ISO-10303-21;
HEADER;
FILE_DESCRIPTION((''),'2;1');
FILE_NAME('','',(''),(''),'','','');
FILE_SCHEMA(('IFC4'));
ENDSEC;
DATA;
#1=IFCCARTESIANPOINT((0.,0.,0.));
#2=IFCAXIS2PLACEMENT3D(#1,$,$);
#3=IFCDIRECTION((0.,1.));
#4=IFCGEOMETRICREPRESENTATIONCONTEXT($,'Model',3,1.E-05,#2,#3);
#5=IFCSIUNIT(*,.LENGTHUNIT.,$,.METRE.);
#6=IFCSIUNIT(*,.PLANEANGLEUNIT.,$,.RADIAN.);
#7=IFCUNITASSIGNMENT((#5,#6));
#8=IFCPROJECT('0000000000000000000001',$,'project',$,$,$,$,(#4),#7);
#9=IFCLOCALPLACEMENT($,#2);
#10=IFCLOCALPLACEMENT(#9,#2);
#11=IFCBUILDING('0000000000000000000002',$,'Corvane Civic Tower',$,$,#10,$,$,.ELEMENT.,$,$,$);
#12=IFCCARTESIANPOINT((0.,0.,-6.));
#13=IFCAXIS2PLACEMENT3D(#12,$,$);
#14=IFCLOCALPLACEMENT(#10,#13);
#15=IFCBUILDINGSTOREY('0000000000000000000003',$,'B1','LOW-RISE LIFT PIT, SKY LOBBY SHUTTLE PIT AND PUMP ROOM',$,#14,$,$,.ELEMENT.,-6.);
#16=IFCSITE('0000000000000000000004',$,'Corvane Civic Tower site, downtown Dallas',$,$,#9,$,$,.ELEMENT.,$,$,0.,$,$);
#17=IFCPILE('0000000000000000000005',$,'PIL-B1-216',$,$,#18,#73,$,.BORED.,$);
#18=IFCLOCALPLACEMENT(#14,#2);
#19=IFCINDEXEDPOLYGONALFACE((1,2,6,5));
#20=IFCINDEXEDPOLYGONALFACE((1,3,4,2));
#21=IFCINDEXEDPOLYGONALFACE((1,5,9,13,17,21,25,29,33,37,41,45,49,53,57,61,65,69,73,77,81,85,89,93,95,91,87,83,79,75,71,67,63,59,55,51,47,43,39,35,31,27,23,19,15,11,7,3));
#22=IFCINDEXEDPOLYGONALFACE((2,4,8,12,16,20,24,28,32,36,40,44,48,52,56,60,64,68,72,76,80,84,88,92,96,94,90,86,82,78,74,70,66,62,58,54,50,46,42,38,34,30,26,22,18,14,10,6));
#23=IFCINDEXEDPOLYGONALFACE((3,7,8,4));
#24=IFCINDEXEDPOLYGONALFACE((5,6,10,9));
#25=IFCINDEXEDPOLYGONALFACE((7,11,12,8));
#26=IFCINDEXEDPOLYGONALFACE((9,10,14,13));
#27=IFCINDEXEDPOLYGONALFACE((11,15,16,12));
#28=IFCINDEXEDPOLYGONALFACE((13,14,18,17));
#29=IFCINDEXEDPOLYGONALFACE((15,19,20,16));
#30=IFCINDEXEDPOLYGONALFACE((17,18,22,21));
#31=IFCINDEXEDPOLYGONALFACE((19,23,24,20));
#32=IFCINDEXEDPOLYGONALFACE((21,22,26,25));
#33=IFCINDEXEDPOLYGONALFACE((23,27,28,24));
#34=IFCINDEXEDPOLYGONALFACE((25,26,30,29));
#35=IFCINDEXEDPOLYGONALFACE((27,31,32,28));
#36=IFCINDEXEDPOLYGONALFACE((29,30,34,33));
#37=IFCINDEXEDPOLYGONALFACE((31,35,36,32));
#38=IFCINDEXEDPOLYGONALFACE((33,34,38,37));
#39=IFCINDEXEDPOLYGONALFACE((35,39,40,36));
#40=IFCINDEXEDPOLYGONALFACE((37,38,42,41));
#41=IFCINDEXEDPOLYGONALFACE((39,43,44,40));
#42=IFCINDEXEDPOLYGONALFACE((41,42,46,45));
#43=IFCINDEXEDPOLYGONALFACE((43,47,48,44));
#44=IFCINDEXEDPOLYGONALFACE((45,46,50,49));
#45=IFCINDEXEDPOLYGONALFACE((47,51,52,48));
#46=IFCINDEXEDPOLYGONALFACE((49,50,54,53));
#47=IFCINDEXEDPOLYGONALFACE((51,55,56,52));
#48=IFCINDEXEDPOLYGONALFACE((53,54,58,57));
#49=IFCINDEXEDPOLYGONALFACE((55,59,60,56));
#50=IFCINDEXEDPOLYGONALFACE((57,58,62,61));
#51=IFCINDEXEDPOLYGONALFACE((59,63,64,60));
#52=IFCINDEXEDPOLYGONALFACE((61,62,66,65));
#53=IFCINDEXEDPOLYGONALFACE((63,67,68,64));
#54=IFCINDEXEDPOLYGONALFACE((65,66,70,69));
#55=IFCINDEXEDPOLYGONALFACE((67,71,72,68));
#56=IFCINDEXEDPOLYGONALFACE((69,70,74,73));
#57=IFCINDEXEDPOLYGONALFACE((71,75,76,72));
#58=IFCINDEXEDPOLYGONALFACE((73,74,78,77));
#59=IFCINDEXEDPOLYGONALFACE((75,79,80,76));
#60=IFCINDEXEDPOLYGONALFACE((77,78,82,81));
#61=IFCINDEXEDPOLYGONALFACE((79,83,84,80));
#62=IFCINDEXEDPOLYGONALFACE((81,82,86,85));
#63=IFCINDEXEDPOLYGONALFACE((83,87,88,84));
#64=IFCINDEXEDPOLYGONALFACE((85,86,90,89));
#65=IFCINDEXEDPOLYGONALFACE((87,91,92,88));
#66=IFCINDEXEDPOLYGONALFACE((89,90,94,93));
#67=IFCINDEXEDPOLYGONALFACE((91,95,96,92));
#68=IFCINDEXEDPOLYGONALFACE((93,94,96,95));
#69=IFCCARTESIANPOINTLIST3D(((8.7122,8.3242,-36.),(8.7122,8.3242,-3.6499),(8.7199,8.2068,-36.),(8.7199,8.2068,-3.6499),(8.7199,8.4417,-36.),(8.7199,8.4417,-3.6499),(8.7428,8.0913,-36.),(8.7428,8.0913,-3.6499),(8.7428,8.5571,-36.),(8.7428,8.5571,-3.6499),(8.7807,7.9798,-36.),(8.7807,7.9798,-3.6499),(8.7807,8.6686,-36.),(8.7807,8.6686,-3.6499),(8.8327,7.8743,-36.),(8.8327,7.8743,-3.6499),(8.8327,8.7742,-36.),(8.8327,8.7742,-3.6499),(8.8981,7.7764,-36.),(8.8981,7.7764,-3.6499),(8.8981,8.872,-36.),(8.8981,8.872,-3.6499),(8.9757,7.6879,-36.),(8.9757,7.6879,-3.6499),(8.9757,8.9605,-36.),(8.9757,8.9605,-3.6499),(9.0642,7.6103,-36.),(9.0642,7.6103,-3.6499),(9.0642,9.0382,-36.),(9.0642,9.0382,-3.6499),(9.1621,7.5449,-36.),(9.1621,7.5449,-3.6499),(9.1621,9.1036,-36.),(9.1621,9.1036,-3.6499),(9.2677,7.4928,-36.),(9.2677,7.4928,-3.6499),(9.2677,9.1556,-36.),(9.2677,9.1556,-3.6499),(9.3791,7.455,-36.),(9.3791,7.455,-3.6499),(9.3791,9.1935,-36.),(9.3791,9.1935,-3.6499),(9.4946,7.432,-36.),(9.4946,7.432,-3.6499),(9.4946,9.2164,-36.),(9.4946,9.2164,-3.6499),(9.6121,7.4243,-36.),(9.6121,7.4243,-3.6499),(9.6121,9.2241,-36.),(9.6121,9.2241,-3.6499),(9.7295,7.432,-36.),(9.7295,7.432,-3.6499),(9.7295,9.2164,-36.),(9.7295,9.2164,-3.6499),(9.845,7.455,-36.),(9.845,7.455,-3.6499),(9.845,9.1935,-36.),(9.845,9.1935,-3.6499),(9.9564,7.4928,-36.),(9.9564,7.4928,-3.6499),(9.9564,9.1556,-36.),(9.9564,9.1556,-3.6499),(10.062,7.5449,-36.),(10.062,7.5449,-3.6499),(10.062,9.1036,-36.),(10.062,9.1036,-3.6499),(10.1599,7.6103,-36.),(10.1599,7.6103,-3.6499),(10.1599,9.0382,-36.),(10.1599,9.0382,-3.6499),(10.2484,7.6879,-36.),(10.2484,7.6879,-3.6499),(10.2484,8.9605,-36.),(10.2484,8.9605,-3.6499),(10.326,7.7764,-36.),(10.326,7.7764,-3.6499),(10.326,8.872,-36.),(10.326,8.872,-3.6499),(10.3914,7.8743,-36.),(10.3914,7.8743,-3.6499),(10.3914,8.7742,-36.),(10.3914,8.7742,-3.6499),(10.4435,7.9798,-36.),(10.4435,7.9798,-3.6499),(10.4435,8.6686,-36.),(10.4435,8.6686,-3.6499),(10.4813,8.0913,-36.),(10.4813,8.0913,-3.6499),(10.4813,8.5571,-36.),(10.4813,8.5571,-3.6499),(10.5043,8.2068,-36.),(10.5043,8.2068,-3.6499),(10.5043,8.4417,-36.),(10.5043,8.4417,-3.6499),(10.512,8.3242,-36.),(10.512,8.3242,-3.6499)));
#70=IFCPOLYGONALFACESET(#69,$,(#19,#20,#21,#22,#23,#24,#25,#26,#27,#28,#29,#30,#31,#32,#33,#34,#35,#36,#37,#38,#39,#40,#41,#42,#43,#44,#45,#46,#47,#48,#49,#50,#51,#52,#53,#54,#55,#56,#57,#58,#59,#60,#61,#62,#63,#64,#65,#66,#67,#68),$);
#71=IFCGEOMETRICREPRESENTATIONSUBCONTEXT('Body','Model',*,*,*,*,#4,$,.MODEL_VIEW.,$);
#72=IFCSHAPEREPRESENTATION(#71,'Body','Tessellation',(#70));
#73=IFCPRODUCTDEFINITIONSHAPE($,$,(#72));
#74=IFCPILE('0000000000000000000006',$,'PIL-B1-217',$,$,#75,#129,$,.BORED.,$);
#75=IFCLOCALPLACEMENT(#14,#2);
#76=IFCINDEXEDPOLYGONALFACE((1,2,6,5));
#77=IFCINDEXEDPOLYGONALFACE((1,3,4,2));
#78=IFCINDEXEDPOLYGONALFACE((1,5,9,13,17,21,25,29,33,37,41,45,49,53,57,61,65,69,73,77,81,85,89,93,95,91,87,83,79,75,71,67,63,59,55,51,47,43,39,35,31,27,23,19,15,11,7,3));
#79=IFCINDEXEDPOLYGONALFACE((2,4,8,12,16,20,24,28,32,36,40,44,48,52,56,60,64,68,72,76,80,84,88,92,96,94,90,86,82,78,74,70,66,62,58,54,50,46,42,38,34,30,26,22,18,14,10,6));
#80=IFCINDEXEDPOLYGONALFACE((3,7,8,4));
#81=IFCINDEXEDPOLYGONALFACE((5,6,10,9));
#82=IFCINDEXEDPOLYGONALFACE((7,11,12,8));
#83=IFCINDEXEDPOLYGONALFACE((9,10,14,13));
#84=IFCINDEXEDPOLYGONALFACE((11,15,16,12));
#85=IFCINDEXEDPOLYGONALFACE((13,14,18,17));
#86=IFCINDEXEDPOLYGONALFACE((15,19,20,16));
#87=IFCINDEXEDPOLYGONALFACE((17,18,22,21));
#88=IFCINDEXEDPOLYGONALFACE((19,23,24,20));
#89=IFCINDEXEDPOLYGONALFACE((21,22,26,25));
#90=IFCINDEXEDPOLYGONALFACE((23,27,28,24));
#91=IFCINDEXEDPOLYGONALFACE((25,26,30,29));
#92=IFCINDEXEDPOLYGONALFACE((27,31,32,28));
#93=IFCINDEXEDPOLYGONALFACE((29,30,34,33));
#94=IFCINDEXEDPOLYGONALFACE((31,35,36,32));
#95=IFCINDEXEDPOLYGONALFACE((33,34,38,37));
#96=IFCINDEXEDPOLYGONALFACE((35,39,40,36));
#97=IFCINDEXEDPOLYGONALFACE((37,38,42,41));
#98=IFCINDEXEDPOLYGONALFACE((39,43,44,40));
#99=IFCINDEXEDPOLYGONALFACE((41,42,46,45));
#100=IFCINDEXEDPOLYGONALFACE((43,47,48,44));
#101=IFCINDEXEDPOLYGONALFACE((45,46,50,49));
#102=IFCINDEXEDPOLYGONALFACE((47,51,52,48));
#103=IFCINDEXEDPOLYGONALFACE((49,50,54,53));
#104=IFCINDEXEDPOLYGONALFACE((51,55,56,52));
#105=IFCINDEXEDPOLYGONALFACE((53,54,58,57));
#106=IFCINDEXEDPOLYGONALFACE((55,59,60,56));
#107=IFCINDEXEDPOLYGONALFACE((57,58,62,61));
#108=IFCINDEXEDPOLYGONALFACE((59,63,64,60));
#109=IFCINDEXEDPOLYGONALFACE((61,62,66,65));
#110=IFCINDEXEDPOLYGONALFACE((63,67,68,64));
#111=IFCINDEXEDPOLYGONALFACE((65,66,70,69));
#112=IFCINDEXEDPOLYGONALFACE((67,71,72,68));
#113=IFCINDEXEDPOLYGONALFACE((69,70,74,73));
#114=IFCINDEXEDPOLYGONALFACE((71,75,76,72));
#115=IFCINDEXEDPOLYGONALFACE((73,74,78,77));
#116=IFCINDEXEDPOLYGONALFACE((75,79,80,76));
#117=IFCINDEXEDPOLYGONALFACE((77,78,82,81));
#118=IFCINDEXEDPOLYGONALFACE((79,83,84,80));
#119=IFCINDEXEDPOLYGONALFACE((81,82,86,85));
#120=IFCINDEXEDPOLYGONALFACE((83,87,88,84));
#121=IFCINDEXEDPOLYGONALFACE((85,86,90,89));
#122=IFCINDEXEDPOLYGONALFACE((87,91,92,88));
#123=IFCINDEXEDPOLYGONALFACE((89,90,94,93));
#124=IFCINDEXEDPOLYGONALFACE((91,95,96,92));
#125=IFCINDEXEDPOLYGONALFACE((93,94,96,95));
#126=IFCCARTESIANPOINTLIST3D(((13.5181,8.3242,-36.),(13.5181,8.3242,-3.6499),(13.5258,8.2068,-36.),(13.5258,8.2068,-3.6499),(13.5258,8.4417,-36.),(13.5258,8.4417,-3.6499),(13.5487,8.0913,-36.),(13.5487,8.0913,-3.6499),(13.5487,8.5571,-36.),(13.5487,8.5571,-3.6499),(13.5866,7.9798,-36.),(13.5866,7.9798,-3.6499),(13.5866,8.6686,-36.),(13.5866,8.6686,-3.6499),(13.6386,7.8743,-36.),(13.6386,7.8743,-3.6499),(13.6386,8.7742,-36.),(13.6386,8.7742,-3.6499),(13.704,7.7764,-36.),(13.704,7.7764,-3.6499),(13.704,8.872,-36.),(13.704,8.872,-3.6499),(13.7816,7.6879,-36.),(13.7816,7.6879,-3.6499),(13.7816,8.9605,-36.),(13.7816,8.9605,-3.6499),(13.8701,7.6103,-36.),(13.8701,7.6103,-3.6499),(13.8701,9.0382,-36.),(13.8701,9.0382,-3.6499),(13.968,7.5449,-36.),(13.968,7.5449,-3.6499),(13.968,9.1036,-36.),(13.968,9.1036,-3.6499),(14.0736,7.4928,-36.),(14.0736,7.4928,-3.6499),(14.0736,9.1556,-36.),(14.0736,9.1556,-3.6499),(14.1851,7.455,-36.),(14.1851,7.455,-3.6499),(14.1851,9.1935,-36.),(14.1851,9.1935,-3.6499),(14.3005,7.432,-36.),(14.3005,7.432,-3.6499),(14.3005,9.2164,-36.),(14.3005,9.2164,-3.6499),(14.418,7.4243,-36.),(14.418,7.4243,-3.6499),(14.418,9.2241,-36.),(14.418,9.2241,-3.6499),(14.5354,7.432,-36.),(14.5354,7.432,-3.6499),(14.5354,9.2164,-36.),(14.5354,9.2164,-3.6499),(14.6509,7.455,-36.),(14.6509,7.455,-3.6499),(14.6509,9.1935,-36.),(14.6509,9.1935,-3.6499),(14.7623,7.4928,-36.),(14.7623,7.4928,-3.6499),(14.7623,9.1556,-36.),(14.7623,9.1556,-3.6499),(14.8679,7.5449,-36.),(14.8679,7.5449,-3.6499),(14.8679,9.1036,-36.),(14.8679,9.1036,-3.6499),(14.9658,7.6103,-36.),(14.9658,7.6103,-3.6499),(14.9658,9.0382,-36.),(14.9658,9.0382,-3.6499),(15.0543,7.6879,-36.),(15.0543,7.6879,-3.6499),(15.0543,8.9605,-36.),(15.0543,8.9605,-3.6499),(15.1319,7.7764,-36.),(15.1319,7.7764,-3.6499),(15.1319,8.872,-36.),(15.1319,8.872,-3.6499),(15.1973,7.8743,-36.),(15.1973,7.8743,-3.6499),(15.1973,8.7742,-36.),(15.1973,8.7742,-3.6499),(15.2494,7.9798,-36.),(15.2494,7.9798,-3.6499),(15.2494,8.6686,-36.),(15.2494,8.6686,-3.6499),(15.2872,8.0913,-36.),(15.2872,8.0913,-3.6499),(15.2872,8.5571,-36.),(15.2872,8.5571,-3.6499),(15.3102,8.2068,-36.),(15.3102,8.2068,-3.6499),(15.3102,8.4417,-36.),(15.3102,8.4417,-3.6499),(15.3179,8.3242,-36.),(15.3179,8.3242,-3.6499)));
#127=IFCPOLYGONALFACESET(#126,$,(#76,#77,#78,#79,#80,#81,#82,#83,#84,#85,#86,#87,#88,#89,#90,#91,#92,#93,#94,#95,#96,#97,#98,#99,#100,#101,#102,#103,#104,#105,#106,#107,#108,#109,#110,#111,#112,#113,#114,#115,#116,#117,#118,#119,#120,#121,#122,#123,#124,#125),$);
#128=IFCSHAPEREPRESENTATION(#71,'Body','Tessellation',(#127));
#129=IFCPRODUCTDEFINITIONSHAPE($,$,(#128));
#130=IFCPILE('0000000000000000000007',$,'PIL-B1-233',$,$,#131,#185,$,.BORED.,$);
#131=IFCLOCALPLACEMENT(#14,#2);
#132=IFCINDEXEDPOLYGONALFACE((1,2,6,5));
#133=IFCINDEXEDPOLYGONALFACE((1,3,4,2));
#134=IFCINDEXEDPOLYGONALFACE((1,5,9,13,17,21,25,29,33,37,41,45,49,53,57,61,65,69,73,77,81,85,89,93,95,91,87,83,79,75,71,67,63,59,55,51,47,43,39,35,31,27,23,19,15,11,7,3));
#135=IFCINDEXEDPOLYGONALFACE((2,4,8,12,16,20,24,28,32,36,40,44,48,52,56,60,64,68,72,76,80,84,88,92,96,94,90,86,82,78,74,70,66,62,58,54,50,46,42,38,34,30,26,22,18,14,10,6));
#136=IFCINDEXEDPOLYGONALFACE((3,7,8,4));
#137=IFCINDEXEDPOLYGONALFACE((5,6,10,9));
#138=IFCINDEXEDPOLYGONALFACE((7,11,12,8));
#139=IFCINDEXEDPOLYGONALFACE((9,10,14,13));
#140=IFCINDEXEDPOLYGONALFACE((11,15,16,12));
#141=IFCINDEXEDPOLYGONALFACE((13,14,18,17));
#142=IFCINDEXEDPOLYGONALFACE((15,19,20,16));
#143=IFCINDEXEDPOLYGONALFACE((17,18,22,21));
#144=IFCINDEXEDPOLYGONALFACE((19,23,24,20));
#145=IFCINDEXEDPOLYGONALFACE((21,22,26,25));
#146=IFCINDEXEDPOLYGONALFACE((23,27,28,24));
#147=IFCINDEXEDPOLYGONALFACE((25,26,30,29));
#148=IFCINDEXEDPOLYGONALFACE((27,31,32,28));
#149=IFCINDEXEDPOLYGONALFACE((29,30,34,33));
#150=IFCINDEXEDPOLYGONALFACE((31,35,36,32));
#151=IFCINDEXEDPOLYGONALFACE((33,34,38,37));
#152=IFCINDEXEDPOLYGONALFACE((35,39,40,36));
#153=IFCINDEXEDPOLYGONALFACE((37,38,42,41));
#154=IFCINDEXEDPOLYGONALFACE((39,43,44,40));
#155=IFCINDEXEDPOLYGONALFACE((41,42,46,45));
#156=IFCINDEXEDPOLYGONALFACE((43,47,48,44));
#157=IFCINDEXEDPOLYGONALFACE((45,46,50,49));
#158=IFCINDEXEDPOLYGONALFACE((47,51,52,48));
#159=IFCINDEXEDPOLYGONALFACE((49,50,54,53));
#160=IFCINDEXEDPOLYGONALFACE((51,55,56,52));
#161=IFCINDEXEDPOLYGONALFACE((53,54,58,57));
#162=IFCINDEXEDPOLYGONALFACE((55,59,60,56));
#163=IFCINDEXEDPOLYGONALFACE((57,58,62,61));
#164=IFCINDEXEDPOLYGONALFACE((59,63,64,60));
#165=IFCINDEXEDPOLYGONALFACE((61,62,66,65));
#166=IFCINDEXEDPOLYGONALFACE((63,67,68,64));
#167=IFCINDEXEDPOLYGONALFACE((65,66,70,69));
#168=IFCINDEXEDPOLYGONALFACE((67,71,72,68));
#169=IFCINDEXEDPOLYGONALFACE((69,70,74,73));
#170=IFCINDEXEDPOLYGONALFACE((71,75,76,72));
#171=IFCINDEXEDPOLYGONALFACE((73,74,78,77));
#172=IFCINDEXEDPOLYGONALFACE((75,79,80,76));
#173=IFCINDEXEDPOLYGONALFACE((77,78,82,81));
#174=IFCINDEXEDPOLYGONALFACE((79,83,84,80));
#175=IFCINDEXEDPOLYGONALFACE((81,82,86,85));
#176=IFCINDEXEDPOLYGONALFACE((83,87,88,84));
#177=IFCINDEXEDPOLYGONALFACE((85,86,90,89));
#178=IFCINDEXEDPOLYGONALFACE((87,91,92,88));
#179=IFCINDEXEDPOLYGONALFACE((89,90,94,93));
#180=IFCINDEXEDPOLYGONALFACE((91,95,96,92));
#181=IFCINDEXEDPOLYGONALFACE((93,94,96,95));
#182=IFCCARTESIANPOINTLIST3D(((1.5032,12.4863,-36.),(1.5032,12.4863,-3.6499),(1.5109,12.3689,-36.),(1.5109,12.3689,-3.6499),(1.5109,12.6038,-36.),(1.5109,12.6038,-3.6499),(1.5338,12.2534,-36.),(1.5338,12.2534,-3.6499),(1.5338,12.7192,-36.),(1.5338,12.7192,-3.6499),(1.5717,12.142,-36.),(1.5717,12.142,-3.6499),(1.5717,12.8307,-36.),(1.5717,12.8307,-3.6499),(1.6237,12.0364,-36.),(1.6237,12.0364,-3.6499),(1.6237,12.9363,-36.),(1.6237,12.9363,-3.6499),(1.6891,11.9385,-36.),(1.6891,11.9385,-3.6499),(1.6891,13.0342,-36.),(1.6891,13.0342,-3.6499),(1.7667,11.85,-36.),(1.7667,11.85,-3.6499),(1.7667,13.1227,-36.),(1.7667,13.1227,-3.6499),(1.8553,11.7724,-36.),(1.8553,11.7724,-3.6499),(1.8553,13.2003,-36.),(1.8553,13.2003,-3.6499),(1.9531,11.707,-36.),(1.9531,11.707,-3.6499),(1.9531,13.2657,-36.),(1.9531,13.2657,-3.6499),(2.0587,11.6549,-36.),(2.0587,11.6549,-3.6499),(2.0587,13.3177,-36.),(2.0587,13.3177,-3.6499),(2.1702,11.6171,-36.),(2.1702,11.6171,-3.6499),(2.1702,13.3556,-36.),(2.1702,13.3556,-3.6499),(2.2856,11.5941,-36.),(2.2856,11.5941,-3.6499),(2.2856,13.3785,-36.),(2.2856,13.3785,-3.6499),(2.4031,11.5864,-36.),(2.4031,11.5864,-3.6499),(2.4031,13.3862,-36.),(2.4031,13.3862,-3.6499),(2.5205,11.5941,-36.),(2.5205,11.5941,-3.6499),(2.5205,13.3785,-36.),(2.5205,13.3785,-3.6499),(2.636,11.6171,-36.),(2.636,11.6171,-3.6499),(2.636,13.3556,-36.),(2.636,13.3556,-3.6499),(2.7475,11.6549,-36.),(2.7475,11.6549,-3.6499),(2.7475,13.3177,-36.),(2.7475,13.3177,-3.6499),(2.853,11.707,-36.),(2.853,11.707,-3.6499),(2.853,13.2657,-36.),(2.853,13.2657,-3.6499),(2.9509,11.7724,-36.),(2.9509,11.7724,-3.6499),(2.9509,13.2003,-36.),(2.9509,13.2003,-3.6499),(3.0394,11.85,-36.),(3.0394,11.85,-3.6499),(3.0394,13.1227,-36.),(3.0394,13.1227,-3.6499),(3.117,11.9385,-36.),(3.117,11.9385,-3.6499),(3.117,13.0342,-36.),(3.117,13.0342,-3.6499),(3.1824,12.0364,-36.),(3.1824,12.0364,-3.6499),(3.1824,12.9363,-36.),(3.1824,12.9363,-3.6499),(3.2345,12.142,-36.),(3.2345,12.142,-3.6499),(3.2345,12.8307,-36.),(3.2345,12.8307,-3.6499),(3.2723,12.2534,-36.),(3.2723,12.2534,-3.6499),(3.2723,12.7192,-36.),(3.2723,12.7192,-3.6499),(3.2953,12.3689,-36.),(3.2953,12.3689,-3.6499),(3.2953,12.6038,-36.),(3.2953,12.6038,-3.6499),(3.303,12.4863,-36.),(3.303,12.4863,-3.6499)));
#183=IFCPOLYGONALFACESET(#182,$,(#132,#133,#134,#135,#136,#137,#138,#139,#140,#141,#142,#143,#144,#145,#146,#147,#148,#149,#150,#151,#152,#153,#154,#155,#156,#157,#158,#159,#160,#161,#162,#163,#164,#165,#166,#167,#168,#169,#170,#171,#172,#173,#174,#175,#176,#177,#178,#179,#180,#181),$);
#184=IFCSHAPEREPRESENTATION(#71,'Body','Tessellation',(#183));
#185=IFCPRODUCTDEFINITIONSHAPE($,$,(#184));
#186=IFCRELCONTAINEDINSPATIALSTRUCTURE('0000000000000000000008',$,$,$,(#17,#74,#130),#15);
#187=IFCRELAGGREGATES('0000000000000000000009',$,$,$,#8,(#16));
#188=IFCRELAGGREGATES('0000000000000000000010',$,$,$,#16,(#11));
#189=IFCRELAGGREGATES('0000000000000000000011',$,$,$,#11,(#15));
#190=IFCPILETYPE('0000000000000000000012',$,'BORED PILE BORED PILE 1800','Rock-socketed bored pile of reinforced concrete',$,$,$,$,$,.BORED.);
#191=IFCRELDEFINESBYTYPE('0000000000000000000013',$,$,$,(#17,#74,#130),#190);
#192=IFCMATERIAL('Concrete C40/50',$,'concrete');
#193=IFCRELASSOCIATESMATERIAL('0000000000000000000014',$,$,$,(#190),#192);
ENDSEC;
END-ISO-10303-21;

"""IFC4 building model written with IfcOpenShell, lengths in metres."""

from ifc_helpers import new_model, si_unit, direction, frame, origin, origin_2d, place, context, subcontext, project, spatial, circle, extrude, material, material_profile, profile_set, type_object, element, save


model = new_model("IFC4")

# Units and contexts
model_context = context("Model", 3, precision=1e-05, world=origin(), true_north=direction((0.0, 1.0)))
body_context = subcontext(model_context, "Body", "Model", "MODEL_VIEW")
ifc_project = project(units=[si_unit("LENGTHUNIT", "METRE"), si_unit("PLANEANGLEUNIT", "RADIAN")], contexts=[model_context])

# Site, building, storey
site_placement = place(None, origin())
site = spatial("IfcSite", under=ifc_project, at=site_placement, Name="Corvane Civic Tower site, downtown Dallas", CompositionType="ELEMENT", RefElevation=0.0)
building_placement = place(site_placement, origin())
building = spatial("IfcBuilding", under=site, at=building_placement, Name="Corvane Civic Tower", CompositionType="ELEMENT")
storey_placement = place(building_placement, frame((0.0, 0.0, -6.0)))
storey = spatial("IfcBuildingStorey", under=building, at=storey_placement, Name="B1", Description="LOW-RISE LIFT PIT, SKY LOBBY SHUTTLE PIT AND PUMP ROOM", CompositionType="ELEMENT", Elevation=-6.0)

# Piles
ifc_material_1 = material(Name="Concrete C40/50", Category="concrete")
ifc_material_profile = material_profile(ifc_material_1, circle(Radius=0.8999, at=origin_2d()), Name="BORED PILE 1800")
ifc_profile_set = profile_set([ifc_material_profile], Name="Concrete C40/50")
pile_type = type_object("IfcPileType", Name="BORED PILE BORED PILE 1800", Description="Rock-socketed bored pile of reinforced concrete", PredefinedType="BORED", material=ifc_profile_set)
for number, where, z_axis, x_axis, name in (
    (1, (9.6121, 8.3242, -3.6499), (0.0, 0.0, -1.0), (1.0, 0.0, 0.0), "PIL-B1-216"),
    (2, (14.418, 8.3242, -3.6499), (0.0, 0.0, -1.0), (1.0, 0.0, 0.0), "PIL-B1-217"),
    (3, (2.4031, 12.4863, -3.6499), (0.0, 0.0, -1.0), (1.0, 0.0, 0.0), "PIL-B1-233"),
):
    element("IfcPile", number, at=place(storey_placement, frame(where, z_axis=z_axis, x_axis=x_axis)), inside=storey, type_object=pile_type, Name=name, PredefinedType="BORED", context=body_context, shape_type="SweptSolid", body=[
        extrude(circle(Radius=0.8999, at=origin_2d()), origin(), (0.0, 0.0, 1.0), 32.3501),
    ])

save(model, "model.ifc")
